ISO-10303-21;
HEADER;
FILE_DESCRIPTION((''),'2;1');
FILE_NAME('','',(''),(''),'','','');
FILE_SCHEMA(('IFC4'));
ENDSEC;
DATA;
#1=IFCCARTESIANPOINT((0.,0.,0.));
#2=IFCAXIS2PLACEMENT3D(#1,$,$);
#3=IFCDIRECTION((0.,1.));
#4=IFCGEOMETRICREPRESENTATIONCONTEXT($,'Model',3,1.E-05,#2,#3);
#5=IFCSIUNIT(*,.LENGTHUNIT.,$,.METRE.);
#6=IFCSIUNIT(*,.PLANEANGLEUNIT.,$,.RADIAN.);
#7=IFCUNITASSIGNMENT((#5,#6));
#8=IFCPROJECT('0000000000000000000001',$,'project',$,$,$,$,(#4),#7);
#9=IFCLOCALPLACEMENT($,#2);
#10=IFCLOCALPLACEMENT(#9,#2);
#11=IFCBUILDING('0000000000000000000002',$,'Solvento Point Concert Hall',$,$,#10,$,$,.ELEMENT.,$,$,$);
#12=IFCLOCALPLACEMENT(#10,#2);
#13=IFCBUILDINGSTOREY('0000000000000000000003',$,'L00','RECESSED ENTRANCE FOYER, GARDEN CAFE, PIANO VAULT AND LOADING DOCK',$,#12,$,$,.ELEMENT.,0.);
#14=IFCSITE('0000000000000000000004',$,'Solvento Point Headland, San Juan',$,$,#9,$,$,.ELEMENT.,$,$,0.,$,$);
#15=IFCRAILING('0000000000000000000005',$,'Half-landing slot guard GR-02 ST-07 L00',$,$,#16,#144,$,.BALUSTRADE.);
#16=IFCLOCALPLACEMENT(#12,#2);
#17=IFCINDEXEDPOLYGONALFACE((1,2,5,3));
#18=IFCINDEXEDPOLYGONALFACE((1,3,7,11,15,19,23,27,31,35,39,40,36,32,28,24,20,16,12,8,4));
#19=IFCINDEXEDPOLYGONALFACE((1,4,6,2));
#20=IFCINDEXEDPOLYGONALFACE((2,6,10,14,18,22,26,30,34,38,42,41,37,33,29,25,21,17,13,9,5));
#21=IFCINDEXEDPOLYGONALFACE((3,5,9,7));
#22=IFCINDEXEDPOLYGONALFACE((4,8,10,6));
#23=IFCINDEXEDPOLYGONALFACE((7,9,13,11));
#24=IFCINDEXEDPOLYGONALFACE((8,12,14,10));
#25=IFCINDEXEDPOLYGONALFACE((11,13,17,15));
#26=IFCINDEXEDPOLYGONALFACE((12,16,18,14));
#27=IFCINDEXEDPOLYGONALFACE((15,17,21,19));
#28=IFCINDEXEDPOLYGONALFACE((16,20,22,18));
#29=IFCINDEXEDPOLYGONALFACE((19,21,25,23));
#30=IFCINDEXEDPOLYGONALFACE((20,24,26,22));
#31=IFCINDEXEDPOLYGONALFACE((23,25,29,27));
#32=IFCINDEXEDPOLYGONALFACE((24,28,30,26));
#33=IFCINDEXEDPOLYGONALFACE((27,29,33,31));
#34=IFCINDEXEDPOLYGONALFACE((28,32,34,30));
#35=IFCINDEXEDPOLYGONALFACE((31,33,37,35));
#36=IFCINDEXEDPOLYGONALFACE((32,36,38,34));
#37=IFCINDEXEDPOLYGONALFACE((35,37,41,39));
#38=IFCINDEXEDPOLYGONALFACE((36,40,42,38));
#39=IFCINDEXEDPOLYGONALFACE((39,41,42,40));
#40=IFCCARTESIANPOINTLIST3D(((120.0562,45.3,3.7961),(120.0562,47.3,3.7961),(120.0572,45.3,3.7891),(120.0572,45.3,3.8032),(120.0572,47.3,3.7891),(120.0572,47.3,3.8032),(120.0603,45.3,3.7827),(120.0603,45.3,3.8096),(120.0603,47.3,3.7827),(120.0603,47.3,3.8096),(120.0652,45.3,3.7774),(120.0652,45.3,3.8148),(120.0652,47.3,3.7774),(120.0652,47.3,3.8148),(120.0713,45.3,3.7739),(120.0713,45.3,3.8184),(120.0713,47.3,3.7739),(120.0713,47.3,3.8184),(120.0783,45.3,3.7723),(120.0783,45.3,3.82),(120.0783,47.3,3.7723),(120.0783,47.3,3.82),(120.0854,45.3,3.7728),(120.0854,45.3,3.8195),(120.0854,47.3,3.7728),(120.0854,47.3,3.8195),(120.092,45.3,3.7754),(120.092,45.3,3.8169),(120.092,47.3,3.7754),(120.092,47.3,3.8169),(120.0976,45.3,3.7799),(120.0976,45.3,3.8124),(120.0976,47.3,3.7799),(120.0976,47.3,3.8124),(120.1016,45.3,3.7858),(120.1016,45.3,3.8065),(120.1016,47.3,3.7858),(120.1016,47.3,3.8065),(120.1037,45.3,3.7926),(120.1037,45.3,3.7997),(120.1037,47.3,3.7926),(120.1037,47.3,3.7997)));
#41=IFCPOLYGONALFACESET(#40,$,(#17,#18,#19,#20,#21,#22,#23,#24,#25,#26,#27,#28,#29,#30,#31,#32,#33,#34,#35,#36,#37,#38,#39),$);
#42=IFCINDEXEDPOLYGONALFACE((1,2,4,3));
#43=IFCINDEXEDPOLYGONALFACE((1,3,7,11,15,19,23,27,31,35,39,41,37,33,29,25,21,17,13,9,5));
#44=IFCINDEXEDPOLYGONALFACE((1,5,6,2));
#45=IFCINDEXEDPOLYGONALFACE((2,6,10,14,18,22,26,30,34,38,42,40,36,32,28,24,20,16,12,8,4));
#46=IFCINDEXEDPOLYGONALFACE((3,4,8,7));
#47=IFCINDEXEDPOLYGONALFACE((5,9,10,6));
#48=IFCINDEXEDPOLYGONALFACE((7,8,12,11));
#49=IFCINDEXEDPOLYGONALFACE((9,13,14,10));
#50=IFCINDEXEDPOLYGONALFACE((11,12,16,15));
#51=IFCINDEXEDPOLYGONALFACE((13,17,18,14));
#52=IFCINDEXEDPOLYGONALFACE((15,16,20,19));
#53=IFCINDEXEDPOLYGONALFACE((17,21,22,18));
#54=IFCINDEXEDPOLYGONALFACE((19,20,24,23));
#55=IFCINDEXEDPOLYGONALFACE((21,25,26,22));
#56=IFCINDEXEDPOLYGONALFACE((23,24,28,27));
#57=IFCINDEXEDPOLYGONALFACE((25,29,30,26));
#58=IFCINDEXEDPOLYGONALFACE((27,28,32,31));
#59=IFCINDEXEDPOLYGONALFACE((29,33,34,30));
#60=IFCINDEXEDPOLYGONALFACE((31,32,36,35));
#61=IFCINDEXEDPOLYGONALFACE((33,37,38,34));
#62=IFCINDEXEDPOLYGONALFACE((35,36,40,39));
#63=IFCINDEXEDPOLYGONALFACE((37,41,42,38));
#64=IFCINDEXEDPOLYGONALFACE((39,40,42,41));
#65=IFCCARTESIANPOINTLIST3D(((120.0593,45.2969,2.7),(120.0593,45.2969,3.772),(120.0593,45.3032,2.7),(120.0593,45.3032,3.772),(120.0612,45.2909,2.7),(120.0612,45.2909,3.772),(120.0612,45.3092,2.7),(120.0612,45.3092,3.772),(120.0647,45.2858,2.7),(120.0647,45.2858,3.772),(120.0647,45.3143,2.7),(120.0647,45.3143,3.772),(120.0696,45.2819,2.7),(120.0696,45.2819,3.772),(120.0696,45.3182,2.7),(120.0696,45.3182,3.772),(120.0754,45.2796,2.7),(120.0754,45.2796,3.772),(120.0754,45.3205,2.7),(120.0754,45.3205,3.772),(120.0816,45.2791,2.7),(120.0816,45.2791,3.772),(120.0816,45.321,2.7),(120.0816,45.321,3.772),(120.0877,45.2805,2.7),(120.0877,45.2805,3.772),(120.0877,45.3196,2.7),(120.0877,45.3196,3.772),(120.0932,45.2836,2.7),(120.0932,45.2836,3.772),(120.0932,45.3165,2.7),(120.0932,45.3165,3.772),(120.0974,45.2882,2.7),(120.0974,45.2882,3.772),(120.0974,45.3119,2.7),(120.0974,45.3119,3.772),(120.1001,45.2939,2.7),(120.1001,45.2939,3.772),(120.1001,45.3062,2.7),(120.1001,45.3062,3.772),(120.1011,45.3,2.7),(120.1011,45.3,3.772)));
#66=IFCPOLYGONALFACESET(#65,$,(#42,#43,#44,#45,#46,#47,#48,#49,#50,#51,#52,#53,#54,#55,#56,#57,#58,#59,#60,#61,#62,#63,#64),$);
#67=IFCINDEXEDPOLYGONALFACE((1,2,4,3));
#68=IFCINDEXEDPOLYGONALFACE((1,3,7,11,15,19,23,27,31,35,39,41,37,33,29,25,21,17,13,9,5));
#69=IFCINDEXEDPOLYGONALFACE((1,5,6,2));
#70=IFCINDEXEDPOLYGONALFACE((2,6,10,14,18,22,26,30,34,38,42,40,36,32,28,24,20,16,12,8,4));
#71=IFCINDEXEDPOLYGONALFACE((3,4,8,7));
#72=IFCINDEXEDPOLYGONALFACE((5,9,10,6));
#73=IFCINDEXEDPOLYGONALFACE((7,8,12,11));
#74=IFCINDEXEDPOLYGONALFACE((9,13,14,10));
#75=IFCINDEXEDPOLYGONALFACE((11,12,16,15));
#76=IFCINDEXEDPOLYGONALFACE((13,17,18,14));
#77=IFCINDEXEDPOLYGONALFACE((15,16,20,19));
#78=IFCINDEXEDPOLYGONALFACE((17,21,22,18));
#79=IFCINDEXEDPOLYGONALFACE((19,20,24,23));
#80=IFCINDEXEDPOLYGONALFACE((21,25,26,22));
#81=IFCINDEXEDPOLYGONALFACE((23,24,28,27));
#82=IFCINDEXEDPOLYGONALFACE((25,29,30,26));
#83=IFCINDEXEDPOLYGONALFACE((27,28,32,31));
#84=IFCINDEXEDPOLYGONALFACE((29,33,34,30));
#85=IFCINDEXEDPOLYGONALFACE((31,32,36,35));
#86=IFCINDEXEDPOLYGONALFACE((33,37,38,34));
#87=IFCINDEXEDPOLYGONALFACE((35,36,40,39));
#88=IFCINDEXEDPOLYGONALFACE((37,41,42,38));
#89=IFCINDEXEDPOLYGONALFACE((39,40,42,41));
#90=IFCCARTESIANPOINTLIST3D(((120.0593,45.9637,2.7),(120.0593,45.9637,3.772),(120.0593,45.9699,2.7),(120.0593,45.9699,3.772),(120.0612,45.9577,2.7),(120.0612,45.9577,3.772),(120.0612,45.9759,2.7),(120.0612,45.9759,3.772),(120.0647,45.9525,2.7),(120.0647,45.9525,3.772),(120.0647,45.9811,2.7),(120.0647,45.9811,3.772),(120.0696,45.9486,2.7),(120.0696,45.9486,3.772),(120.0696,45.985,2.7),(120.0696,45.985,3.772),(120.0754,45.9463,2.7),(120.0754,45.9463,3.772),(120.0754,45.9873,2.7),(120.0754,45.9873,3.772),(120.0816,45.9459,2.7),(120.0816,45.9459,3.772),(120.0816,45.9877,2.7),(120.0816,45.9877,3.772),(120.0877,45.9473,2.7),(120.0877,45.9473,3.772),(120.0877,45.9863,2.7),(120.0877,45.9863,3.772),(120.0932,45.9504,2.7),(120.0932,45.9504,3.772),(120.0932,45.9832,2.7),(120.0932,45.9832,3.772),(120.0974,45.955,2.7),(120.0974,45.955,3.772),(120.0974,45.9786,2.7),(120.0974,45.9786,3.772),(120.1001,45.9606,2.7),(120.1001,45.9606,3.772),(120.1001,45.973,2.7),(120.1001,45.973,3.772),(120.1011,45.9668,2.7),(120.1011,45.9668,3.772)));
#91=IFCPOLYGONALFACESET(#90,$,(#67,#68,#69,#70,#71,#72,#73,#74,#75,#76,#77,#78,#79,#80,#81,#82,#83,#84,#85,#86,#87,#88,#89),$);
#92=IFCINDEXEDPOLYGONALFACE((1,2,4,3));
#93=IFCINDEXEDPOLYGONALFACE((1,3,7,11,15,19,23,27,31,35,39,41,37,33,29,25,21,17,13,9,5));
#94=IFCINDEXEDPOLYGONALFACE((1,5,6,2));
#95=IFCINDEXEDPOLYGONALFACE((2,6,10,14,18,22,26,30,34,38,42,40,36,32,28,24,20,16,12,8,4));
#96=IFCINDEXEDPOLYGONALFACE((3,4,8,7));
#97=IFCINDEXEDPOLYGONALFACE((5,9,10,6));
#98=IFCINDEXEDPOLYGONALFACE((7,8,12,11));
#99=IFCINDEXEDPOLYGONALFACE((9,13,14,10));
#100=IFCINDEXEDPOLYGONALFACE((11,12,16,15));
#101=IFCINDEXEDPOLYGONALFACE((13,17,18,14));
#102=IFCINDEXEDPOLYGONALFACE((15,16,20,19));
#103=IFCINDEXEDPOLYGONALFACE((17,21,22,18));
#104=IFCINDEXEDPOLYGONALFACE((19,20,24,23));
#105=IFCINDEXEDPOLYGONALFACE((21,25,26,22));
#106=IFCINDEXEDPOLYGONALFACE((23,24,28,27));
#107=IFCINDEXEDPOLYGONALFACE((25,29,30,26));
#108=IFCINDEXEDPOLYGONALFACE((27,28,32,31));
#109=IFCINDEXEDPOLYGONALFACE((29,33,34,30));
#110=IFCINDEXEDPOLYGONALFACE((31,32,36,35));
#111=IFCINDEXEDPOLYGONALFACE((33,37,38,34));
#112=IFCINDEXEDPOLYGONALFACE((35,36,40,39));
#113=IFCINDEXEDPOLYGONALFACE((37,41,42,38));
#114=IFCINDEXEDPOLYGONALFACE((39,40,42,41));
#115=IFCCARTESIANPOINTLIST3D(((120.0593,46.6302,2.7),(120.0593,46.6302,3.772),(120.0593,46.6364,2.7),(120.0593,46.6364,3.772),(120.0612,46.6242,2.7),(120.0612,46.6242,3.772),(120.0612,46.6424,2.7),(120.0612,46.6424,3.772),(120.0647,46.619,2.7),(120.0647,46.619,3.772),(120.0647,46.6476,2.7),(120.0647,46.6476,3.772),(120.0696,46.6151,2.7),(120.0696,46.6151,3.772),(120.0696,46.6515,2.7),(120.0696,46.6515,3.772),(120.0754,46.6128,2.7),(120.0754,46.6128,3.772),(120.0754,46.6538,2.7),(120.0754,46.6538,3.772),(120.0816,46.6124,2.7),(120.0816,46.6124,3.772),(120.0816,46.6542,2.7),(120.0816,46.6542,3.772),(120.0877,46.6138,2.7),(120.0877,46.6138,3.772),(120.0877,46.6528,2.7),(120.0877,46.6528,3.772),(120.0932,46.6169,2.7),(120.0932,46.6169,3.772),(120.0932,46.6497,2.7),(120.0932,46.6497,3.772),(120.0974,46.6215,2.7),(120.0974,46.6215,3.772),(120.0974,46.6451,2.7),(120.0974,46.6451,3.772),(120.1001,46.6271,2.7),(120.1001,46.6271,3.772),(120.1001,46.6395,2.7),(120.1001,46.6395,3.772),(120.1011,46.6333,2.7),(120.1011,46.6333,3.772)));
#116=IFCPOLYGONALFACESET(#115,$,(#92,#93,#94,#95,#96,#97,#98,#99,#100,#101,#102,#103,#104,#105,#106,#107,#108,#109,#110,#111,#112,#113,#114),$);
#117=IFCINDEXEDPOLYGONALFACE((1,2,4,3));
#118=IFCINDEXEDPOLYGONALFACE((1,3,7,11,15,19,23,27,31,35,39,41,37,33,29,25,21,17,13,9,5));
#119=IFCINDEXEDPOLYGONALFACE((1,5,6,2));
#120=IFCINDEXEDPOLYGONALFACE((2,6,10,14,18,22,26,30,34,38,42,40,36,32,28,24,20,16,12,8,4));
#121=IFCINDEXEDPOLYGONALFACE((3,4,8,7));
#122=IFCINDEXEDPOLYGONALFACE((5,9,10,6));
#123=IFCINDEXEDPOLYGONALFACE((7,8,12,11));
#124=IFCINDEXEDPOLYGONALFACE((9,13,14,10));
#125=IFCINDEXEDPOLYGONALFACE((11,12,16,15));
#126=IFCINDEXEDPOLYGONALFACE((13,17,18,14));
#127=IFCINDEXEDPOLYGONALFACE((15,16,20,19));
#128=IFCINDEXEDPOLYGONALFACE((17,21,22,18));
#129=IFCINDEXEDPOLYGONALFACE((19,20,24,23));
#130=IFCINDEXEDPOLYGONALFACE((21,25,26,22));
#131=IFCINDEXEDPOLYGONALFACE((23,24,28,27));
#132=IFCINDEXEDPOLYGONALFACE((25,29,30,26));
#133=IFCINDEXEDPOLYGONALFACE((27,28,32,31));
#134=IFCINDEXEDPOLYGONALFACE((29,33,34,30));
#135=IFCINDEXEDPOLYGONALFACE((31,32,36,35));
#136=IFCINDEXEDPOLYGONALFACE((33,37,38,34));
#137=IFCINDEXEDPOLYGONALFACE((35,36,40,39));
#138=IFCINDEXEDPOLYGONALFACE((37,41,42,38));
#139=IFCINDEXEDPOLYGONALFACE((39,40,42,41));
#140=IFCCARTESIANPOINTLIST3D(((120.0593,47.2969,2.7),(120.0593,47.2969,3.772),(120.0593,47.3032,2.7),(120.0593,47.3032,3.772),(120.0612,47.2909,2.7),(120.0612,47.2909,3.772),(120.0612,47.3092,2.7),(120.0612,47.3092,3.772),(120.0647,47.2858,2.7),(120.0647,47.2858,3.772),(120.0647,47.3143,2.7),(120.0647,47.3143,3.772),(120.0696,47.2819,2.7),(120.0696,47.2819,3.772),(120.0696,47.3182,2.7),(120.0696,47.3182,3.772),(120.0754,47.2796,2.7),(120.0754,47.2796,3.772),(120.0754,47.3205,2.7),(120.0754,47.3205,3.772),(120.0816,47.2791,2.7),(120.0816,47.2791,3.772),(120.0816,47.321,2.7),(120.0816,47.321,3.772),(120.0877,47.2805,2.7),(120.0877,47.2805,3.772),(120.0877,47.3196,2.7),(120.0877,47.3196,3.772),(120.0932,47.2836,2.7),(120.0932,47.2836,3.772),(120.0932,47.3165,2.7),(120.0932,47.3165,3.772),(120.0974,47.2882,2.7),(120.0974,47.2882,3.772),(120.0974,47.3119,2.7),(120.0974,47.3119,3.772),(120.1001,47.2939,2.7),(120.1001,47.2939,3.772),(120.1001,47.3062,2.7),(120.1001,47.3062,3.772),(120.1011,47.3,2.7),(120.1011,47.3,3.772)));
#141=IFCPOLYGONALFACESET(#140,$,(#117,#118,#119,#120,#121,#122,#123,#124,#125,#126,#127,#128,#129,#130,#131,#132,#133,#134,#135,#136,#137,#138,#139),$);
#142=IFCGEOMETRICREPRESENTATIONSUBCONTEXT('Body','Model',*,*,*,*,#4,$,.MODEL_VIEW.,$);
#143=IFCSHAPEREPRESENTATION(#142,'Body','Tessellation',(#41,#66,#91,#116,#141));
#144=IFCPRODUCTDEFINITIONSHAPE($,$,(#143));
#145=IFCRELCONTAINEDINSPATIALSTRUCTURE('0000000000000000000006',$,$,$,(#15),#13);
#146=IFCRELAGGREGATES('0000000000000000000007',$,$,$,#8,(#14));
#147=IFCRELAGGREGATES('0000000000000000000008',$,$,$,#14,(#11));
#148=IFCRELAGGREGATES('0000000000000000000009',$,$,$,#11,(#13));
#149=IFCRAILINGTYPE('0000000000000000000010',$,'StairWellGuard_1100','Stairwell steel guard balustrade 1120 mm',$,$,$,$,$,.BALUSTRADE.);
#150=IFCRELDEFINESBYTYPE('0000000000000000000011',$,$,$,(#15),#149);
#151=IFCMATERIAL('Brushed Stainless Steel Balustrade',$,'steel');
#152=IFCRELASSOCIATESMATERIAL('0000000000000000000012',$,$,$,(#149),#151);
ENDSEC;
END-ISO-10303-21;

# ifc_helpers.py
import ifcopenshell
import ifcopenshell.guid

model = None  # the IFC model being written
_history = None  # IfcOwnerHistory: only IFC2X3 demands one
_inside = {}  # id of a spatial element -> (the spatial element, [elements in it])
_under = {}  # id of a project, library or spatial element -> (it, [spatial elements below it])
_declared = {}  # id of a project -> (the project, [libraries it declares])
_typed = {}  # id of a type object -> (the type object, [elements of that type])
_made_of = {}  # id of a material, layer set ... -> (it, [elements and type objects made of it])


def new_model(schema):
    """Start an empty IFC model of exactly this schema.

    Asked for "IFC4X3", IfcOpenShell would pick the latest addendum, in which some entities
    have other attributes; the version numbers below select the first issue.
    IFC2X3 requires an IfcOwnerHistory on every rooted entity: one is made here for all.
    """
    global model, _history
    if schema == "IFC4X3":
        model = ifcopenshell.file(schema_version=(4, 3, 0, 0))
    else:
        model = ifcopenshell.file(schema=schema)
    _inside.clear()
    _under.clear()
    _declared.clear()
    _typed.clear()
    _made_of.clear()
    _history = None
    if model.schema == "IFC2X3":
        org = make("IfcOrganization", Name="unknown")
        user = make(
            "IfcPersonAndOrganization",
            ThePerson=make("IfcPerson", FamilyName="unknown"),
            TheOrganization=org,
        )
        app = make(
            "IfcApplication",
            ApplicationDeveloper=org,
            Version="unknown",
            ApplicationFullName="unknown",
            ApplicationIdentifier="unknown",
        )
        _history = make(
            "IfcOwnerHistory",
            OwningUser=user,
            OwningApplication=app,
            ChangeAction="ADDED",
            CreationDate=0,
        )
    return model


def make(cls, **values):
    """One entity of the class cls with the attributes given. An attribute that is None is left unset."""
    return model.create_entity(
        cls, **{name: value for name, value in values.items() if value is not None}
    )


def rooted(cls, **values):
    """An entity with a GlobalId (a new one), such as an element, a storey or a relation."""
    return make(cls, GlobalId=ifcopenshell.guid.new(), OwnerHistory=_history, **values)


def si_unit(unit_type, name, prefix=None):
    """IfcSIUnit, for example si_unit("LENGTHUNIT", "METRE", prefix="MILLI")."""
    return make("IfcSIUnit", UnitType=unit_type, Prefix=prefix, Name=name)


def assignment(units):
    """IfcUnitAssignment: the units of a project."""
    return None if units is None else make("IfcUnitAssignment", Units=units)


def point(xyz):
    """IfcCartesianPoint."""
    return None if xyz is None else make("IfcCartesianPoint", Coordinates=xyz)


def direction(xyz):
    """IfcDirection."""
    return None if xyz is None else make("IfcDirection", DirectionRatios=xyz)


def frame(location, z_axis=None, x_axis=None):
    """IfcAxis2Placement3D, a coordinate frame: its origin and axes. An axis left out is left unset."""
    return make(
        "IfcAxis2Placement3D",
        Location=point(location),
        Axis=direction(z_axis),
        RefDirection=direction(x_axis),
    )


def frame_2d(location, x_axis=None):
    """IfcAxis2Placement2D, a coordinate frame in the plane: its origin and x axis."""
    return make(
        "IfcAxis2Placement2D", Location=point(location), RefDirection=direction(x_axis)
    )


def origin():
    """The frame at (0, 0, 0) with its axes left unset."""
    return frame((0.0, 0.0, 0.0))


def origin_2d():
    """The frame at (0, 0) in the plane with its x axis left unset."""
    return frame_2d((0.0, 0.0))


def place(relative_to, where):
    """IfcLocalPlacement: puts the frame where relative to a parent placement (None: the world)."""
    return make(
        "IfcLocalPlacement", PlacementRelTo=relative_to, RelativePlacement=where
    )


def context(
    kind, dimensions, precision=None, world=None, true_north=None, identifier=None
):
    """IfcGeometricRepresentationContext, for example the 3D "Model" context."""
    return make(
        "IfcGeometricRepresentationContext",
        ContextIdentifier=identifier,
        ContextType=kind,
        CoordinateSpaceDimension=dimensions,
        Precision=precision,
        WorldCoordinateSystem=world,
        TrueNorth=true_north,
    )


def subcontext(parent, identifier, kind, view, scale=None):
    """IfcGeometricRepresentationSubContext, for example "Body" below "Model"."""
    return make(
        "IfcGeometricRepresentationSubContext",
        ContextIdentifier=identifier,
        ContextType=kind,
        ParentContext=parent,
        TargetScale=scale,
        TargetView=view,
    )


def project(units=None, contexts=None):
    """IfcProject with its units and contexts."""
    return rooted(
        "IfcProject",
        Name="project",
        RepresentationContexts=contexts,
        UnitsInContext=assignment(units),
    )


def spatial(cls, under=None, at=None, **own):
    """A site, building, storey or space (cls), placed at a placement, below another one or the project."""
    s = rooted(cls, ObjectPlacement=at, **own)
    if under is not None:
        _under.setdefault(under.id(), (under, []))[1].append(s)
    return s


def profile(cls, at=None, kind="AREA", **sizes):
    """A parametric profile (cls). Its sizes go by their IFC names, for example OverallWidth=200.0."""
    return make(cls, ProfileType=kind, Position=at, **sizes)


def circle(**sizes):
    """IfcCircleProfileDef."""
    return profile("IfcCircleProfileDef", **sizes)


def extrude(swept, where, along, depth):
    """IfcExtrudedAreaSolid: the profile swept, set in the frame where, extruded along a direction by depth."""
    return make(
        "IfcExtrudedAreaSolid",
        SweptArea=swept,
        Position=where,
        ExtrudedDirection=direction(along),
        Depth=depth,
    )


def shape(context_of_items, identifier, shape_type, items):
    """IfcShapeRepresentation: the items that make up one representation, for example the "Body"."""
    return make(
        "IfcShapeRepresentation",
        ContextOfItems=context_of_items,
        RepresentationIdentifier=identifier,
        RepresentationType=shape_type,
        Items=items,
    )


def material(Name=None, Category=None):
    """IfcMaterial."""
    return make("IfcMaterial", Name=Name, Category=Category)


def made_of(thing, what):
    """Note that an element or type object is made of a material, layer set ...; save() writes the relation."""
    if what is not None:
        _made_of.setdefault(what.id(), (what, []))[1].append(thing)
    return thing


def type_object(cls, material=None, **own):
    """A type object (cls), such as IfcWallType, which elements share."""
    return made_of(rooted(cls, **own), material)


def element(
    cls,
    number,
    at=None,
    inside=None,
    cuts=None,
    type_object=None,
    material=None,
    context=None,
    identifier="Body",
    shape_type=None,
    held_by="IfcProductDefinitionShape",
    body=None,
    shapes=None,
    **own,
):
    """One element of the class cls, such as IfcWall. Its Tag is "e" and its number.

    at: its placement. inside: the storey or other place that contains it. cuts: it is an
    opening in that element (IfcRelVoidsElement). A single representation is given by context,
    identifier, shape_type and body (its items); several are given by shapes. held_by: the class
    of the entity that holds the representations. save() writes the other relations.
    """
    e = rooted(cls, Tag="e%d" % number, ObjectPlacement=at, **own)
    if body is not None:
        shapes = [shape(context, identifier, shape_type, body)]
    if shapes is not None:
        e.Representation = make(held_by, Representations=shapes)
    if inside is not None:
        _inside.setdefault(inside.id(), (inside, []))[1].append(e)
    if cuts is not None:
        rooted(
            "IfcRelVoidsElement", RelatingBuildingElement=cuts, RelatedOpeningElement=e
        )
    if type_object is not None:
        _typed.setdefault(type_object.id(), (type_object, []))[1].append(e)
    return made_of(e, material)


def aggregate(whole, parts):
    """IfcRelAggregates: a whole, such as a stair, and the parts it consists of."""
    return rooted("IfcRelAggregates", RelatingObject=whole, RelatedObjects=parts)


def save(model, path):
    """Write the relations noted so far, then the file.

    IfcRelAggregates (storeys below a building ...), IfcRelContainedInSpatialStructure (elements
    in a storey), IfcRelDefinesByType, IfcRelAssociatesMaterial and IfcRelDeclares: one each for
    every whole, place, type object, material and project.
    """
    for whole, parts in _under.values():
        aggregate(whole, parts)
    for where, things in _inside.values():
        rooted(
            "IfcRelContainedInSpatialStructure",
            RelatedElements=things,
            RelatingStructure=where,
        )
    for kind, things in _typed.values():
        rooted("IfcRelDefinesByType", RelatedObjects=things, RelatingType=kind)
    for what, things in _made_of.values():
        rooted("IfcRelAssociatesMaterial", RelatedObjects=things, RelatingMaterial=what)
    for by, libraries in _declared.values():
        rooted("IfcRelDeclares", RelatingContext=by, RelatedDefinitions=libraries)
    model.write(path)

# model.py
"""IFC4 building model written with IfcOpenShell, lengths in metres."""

from ifc_helpers import new_model, si_unit, direction, frame, origin, origin_2d, place, context, subcontext, project, spatial, circle, extrude, material, type_object, element, save


model = new_model("IFC4")

# Units and contexts
model_context = context("Model", 3, precision=1e-05, world=origin(), true_north=direction((0.0, 1.0)))
body_context = subcontext(model_context, "Body", "Model", "MODEL_VIEW")
ifc_project = project(units=[si_unit("LENGTHUNIT", "METRE"), si_unit("PLANEANGLEUNIT", "RADIAN")], contexts=[model_context])

# Site, building, storey
site_placement = place(None, origin())
site = spatial("IfcSite", under=ifc_project, at=site_placement, Name="Solvento Point Headland, San Juan", CompositionType="ELEMENT", RefElevation=0.0)
building_placement = place(site_placement, origin())
building = spatial("IfcBuilding", under=site, at=building_placement, Name="Solvento Point Concert Hall", CompositionType="ELEMENT")
storey_placement = place(building_placement, origin())
storey = spatial("IfcBuildingStorey", under=building, at=storey_placement, Name="L00", Description="RECESSED ENTRANCE FOYER, GARDEN CAFE, PIANO VAULT AND LOADING DOCK", CompositionType="ELEMENT", Elevation=0.0)

# Railing
ifc_material_1 = material(Name="Brushed Stainless Steel Balustrade", Category="steel")
railing_type_1 = type_object("IfcRailingType", Name="StairWellGuard_1100", Description="Stairwell steel guard balustrade 1120 mm", PredefinedType="BALUSTRADE", material=ifc_material_1)
railing_1_placement = place(storey_placement, frame((120.0801, 45.3, 2.7)))
element("IfcRailing", 1, at=railing_1_placement, inside=storey, type_object=railing_type_1, Name="Half-landing slot guard GR-02 ST-07 L00", PredefinedType="BALUSTRADE", context=body_context, shape_type="SweptSolid", body=[
    extrude(circle(Radius=0.0239, at=origin_2d()), frame((0.0, 0.0, 1.0962), z_axis=(0.0, 1.0, 0.0), x_axis=(-1.0, 0.0, 0.0)), (0.0, 0.0, 1.0), 2.0),
    extrude(circle(Radius=0.021, at=origin_2d()), origin(), (0.0, 0.0, 1.0), 1.072),
    extrude(circle(Radius=0.021, at=origin_2d()), frame((0.0, 0.6667, 0.0)), (0.0, 0.0, 1.0), 1.072),
    extrude(circle(Radius=0.021, at=origin_2d()), frame((0.0, 1.3333, 0.0)), (0.0, 0.0, 1.0), 1.072),
    extrude(circle(Radius=0.021, at=origin_2d()), frame((0.0, 2.0, 0.0)), (0.0, 0.0, 1.0), 1.072),
])

save(model, "model.ifc")
